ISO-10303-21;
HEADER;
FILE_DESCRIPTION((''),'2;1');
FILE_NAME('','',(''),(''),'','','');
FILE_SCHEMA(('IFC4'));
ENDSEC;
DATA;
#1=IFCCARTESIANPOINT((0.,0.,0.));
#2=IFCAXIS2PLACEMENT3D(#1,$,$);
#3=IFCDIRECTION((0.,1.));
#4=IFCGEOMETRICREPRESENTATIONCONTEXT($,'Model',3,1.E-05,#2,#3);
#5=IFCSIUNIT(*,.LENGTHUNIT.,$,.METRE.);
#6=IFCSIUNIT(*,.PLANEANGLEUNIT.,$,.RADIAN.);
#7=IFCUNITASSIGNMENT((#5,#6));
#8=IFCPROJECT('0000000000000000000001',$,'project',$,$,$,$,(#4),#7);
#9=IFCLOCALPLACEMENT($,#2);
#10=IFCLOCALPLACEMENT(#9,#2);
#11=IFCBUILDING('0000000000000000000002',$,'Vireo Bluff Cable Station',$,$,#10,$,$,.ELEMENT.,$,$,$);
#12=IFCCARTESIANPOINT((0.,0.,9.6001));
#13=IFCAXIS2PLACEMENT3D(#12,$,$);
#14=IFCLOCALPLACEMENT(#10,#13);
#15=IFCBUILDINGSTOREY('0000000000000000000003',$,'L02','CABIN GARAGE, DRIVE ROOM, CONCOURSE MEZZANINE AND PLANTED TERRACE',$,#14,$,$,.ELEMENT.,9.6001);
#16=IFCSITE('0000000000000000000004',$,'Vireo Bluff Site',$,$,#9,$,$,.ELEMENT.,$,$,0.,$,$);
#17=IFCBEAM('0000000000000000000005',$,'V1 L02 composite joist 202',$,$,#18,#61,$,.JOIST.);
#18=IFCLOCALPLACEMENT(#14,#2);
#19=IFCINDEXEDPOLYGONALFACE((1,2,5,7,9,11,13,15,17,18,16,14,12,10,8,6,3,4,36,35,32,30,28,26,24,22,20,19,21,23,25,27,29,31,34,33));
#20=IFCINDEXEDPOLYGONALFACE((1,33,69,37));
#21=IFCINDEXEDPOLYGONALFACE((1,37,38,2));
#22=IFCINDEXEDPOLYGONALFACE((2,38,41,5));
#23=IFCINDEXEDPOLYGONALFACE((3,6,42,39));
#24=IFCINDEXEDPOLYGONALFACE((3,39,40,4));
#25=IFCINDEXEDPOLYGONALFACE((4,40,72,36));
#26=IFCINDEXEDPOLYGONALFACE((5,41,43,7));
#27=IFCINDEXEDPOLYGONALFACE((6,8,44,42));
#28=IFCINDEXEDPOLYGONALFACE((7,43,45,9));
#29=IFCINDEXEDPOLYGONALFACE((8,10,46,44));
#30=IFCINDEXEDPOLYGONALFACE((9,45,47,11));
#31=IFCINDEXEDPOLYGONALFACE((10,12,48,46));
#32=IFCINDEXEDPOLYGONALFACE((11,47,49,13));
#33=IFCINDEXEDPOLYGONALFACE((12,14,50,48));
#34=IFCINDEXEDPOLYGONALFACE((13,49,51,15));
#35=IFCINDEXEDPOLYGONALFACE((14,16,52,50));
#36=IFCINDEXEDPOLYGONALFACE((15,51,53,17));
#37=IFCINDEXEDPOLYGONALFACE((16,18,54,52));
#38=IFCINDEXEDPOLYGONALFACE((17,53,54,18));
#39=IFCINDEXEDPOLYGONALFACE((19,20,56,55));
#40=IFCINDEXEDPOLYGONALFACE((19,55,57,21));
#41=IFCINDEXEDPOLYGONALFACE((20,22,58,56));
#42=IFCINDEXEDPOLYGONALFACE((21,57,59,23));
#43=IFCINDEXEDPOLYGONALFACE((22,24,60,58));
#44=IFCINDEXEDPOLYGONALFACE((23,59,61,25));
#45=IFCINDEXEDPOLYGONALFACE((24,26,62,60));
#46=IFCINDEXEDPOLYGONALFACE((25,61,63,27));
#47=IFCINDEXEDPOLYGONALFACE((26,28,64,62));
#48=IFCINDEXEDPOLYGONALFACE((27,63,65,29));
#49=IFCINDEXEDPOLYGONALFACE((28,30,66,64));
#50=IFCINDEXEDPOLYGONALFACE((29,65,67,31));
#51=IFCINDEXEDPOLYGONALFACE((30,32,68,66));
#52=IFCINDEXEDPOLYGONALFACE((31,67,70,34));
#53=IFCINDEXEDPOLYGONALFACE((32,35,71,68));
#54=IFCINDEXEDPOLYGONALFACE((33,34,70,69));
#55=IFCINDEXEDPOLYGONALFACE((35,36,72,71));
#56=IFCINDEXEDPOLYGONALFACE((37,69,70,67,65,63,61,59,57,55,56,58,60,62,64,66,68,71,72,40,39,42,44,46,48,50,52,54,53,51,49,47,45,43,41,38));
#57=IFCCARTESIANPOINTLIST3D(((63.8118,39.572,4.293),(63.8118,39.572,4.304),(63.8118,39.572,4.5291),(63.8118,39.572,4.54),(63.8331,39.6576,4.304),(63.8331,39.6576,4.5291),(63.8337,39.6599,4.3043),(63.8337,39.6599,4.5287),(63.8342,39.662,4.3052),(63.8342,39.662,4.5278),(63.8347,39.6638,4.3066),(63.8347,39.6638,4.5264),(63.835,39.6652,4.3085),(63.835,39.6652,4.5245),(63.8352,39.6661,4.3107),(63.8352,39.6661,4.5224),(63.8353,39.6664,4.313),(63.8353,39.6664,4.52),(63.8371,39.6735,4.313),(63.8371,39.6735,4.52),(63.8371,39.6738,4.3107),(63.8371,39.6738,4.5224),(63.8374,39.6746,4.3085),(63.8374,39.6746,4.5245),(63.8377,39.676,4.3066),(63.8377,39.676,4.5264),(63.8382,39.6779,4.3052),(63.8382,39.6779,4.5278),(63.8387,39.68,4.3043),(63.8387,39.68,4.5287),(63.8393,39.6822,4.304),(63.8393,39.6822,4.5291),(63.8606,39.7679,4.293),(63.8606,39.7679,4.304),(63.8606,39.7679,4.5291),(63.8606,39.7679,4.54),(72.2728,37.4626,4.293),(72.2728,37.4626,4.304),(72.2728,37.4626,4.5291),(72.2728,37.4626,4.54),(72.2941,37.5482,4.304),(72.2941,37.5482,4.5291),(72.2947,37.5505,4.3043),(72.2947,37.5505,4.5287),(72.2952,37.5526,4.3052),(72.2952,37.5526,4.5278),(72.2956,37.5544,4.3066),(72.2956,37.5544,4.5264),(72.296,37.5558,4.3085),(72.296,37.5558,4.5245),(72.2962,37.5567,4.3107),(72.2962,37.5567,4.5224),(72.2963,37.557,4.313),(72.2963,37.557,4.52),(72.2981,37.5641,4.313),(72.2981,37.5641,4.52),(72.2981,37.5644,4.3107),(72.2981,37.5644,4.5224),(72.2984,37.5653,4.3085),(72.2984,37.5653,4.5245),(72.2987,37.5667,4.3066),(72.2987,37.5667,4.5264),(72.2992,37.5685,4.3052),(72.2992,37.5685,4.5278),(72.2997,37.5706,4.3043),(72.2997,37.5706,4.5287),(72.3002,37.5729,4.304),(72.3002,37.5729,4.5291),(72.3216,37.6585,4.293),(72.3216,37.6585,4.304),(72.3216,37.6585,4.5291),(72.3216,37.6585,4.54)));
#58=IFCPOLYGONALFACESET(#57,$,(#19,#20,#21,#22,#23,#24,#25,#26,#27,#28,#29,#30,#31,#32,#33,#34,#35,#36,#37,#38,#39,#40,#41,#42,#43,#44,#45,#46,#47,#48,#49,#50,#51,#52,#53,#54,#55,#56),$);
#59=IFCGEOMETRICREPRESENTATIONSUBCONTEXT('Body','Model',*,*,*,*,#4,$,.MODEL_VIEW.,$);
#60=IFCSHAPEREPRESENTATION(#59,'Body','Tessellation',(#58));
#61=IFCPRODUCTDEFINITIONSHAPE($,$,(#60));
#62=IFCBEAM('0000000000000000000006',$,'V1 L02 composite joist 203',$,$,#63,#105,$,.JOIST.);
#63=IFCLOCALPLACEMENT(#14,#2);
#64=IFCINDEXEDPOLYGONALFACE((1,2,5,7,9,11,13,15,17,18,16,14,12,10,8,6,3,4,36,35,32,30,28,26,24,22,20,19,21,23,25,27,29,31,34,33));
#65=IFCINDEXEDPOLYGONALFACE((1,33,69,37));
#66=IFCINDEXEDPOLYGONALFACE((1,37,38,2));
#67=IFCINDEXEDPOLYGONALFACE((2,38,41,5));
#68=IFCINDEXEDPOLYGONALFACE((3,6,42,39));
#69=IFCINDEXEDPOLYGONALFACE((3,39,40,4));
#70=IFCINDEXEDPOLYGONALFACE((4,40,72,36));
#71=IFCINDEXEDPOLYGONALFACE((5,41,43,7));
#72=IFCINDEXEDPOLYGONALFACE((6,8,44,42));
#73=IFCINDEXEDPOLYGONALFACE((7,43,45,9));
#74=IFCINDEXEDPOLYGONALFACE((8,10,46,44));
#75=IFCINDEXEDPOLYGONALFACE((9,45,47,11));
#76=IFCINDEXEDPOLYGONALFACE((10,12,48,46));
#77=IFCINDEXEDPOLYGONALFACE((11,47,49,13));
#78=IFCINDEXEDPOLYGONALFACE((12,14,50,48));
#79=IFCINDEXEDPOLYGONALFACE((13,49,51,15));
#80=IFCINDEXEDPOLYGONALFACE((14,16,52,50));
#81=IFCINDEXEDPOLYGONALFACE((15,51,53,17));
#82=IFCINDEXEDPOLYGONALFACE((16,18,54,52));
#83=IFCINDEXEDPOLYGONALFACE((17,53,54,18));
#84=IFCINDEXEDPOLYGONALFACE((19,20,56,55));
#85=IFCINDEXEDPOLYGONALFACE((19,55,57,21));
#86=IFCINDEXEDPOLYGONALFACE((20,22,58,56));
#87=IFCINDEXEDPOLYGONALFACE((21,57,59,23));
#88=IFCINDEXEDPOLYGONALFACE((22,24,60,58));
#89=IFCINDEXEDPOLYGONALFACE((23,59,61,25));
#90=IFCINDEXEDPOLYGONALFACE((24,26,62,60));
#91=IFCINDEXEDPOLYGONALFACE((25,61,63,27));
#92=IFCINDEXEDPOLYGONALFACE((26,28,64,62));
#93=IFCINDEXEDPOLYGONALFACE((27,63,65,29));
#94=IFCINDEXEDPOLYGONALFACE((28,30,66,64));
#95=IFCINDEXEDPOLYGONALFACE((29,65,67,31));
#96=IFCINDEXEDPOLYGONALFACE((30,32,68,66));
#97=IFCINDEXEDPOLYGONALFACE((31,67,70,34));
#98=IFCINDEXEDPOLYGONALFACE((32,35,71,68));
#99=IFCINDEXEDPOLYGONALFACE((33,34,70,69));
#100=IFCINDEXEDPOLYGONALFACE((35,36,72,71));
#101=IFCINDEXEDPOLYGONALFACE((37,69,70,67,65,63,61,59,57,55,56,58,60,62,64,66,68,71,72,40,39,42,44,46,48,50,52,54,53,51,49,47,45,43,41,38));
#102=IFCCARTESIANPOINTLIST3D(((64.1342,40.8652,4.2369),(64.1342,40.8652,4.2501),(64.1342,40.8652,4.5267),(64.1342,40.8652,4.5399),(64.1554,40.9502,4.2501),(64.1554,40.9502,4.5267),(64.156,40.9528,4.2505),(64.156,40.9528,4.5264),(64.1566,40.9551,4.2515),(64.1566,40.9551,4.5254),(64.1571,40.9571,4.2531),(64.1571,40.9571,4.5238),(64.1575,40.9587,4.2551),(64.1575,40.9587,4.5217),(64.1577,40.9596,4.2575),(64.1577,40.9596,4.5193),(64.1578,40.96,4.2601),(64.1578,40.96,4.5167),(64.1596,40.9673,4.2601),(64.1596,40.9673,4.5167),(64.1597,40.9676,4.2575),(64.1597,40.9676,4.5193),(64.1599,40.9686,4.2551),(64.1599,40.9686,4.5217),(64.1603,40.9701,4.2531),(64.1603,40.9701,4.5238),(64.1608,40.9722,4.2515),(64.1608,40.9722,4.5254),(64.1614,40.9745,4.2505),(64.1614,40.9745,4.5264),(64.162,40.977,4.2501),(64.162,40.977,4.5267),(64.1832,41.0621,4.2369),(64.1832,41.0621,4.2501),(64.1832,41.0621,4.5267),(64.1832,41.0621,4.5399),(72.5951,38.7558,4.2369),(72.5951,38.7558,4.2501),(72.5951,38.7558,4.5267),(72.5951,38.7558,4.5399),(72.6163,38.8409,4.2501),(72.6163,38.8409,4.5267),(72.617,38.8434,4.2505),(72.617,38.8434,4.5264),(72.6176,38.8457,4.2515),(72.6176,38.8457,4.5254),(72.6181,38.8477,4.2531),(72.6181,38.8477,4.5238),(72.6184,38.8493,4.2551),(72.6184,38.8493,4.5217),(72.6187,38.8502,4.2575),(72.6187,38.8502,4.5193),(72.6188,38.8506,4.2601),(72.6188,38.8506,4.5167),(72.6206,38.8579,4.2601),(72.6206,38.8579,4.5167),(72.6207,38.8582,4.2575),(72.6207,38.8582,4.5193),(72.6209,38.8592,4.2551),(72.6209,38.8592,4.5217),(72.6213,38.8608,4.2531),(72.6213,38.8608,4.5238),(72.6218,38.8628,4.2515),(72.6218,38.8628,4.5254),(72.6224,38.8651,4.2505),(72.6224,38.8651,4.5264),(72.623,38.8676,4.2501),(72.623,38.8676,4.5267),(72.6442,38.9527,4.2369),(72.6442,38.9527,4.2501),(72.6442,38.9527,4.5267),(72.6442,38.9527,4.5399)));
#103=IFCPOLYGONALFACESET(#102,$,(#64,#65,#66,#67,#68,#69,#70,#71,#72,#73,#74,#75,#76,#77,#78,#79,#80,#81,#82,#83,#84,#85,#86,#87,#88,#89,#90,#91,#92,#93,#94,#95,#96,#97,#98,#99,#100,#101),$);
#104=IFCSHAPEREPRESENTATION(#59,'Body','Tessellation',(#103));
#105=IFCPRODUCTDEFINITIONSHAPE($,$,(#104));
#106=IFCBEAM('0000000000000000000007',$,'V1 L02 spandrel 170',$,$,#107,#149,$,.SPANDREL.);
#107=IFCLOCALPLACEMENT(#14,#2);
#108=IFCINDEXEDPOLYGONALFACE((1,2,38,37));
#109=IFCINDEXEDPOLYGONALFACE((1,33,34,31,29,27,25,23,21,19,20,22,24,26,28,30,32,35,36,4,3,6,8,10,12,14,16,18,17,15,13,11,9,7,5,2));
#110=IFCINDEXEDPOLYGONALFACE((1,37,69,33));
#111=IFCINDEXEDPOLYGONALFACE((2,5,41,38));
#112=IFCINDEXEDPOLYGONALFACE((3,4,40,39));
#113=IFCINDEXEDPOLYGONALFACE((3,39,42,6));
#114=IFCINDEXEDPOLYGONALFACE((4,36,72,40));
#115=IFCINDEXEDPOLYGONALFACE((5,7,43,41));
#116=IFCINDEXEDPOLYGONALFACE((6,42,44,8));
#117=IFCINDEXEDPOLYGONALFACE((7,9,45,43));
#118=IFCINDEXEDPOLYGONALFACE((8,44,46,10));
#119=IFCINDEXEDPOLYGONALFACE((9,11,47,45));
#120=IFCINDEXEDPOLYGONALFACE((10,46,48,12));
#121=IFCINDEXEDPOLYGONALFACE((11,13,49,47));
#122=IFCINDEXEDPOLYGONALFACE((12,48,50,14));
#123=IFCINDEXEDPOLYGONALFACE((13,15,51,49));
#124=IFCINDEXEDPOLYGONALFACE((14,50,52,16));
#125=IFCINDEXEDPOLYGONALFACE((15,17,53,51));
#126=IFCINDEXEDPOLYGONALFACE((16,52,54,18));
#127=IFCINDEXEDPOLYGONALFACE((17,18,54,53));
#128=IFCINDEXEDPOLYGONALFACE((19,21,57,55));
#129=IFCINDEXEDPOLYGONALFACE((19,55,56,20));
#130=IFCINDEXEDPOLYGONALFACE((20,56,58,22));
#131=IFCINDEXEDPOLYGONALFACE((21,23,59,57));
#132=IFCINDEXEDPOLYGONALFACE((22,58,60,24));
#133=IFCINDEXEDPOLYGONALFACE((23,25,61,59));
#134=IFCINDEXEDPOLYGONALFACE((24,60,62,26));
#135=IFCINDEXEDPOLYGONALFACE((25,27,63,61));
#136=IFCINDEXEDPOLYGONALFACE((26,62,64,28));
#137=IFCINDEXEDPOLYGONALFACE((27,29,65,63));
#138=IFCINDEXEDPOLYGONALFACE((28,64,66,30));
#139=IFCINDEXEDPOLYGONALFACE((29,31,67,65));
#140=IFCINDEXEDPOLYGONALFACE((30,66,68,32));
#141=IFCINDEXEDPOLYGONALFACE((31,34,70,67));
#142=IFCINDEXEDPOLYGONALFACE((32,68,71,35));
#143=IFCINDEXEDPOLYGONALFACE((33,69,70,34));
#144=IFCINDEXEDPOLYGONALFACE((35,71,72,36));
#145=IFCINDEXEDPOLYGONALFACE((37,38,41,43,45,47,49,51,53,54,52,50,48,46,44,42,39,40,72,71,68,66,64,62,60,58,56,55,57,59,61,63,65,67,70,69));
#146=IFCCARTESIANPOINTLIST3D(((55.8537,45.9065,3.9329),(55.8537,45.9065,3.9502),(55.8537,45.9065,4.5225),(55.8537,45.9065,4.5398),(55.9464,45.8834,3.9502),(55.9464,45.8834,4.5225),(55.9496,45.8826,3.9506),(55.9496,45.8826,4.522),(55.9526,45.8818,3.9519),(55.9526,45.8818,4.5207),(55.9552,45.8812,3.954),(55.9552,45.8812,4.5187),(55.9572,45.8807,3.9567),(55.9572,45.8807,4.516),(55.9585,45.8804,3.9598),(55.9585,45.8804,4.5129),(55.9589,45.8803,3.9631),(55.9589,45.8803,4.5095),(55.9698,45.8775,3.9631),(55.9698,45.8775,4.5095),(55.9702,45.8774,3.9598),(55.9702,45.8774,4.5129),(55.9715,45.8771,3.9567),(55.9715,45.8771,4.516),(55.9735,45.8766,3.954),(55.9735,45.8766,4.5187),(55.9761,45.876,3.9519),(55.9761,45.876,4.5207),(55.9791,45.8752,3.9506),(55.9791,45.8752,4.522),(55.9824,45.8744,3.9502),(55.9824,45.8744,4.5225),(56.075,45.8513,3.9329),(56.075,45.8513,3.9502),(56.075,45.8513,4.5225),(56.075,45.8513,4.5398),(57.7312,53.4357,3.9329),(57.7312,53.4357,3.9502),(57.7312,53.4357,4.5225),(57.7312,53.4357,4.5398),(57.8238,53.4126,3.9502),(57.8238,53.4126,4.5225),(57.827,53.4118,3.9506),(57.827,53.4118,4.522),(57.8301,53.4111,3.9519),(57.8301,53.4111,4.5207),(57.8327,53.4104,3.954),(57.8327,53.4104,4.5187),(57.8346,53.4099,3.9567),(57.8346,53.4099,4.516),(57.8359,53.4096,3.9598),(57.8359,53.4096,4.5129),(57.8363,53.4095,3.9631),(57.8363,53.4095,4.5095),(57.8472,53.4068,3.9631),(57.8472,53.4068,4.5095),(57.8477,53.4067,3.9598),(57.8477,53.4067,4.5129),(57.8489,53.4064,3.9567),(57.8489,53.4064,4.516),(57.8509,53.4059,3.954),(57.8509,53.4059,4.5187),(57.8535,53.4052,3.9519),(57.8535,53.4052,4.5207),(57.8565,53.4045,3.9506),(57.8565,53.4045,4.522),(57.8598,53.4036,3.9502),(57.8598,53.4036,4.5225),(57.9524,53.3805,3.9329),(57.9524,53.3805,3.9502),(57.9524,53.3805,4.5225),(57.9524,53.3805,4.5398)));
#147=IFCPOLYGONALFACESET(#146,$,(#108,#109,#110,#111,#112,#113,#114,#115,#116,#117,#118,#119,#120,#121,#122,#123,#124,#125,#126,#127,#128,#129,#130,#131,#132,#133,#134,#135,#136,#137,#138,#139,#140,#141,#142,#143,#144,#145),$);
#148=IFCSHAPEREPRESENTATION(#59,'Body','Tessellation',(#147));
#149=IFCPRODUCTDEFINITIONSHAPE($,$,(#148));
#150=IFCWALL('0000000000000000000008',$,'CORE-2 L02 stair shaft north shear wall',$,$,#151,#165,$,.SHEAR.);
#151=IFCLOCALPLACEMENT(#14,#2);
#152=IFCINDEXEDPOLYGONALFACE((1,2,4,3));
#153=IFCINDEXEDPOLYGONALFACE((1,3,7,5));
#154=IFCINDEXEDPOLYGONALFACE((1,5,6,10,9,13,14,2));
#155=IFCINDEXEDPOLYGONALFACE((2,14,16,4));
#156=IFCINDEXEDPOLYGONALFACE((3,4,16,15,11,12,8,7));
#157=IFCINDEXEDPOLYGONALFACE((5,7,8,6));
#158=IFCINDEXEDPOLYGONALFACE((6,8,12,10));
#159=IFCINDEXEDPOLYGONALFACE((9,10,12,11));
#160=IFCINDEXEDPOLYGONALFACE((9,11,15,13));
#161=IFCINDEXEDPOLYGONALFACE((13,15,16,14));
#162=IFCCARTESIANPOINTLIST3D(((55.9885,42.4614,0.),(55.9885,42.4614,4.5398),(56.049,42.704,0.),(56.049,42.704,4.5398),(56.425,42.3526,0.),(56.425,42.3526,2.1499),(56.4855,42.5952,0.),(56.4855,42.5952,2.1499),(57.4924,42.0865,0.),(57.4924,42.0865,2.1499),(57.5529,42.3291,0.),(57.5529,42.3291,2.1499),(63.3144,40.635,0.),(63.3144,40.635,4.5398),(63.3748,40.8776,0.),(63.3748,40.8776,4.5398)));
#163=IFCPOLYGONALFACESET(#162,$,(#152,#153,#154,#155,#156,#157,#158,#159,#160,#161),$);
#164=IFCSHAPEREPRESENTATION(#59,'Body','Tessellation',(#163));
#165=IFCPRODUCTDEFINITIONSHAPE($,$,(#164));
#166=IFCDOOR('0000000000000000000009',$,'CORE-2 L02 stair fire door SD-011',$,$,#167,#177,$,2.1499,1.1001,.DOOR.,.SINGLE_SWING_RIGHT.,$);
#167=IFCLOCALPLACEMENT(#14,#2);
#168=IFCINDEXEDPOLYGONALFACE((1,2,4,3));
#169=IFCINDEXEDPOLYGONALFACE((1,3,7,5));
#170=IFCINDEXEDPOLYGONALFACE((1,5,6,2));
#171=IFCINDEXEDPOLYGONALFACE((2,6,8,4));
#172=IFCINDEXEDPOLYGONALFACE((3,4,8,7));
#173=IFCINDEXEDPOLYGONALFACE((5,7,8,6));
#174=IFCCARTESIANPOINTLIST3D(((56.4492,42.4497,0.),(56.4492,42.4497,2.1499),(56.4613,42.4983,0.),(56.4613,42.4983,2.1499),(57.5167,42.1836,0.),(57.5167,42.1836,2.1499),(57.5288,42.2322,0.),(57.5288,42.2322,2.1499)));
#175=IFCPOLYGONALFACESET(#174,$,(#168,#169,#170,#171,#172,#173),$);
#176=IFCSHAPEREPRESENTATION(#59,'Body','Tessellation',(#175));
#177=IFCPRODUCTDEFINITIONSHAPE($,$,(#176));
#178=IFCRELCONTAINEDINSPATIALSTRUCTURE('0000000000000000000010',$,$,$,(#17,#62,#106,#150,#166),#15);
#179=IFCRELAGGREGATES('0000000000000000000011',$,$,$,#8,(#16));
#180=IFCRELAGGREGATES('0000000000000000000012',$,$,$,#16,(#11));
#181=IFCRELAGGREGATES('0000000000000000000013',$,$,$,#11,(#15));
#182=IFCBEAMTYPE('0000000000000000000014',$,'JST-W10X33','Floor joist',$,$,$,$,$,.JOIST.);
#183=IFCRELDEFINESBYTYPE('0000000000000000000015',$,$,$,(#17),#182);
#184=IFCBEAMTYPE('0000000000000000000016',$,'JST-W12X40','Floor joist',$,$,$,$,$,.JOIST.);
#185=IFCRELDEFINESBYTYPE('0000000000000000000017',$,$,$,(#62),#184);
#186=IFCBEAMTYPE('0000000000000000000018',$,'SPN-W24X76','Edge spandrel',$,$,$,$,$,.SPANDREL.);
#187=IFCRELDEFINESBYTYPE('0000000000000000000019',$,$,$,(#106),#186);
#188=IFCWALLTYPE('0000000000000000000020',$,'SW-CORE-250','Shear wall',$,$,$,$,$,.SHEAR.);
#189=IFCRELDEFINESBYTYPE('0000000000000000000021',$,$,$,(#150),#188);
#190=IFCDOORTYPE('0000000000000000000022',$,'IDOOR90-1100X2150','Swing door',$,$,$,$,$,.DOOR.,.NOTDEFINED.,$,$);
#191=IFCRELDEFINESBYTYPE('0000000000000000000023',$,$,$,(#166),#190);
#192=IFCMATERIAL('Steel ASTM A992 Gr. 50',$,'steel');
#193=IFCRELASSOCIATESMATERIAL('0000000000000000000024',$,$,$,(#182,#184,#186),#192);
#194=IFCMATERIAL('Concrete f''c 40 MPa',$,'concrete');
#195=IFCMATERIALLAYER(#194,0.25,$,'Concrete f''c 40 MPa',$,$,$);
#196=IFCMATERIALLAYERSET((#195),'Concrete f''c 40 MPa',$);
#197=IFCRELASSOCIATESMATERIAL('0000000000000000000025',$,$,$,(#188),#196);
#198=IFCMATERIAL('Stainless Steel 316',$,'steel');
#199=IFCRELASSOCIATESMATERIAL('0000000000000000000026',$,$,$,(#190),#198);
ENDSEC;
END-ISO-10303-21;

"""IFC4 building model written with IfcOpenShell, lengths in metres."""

from ifc_helpers import new_model, si_unit, direction, frame, frame_2d, origin, origin_with_axes, origin_2d, place, context, subcontext, project, spatial, rectangle, i_section, extrude, material, layer, layer_set, material_profile, profile_set, type_object, element, fill, save


model = new_model("IFC4")

# Units and contexts
model_context = context("Model", 3, precision=1e-05, world=origin(), true_north=direction((0.0, 1.0)))
body_context = subcontext(model_context, "Body", "Model", "MODEL_VIEW")
ifc_project = project(units=[si_unit("LENGTHUNIT", "METRE"), si_unit("PLANEANGLEUNIT", "RADIAN")], contexts=[model_context])

# Site, building, storey
site_placement = place(None, origin())
site = spatial("IfcSite", under=ifc_project, at=site_placement, Name="Vireo Bluff Site", CompositionType="ELEMENT", RefElevation=0.0)
building_placement = place(site_placement, origin())
building = spatial("IfcBuilding", under=site, at=building_placement, Name="Vireo Bluff Cable Station", CompositionType="ELEMENT")
storey_placement = place(building_placement, frame((0.0, 0.0, 9.6001)))
storey = spatial("IfcBuildingStorey", under=building, at=storey_placement, Name="L02", Description="CABIN GARAGE, DRIVE ROOM, CONCOURSE MEZZANINE AND PLANTED TERRACE", CompositionType="ELEMENT", Elevation=9.6001)

# Shared definitions
ifc_material_1 = material(Name="Steel ASTM A992 Gr. 50", Category="steel")

# Beams
ifc_material_profile_1 = material_profile(ifc_material_1, i_section(OverallWidth=0.2019, OverallDepth=0.2471, WebThickness=0.0073, FlangeThickness=0.011, FilletRadius=0.009, at=origin_2d()), Name="W10X33")
ifc_profile_set_1 = profile_set([ifc_material_profile_1], Name="Steel ASTM A992 Gr. 50")
beam_type_1 = type_object("IfcBeamType", Name="JST-W10X33", Description="Floor joist", PredefinedType="JOIST", material=ifc_profile_set_1)
beam_1_placement = place(storey_placement, frame((63.8362, 39.6699, 4.4165), z_axis=(0.9703, -0.241903, 0.0), x_axis=(0.241903, 0.9703, 0.0)))
element("IfcBeam", 1, at=beam_1_placement, inside=storey, type_object=beam_type_1, Name="V1 L02 composite joist 202", PredefinedType="JOIST", context=body_context, shape_type="SweptSolid", body=[
    extrude(i_section(OverallWidth=0.2019, OverallDepth=0.2471, WebThickness=0.0073, FlangeThickness=0.011, FilletRadius=0.009, at=origin_2d()), origin(), (0.0, 0.0, 1.0), 8.72),
])
ifc_material_profile_2 = material_profile(ifc_material_1, i_section(OverallWidth=0.2029, OverallDepth=0.303, WebThickness=0.0076, FlangeThickness=0.0132, FilletRadius=0.01, at=origin_2d()), Name="W12X40")
ifc_profile_set_2 = profile_set([ifc_material_profile_2], Name="Steel ASTM A992 Gr. 50")
beam_type_2 = type_object("IfcBeamType", Name="JST-W12X40", Description="Floor joist", PredefinedType="JOIST", material=ifc_profile_set_2)
beam_2_placement = place(storey_placement, frame((64.1587, 40.9636, 4.3884), z_axis=(0.9703, -0.241903, 0.0), x_axis=(0.241903, 0.9703, 0.0)))
element("IfcBeam", 2, at=beam_2_placement, inside=storey, type_object=beam_type_2, Name="V1 L02 composite joist 203", PredefinedType="JOIST", context=body_context, shape_type="SweptSolid", body=[
    extrude(i_section(OverallWidth=0.2029, OverallDepth=0.303, WebThickness=0.0076, FlangeThickness=0.0132, FilletRadius=0.01, at=origin_2d()), origin(), (0.0, 0.0, 1.0), 8.72),
])
ifc_material_profile_3 = material_profile(ifc_material_1, i_section(OverallWidth=0.228, OverallDepth=0.6069, WebThickness=0.0112, FlangeThickness=0.0173, FilletRadius=0.0129, at=origin_2d()), Name="W24X76")
ifc_profile_set_3 = profile_set([ifc_material_profile_3], Name="Steel ASTM A992 Gr. 50")
beam_type_3 = type_object("IfcBeamType", Name="SPN-W24X76", Description="Edge spandrel", PredefinedType="SPANDREL", material=ifc_profile_set_3)
beam_3_placement = place(storey_placement, frame((55.9644, 45.8789, 4.2363), z_axis=(0.241943, 0.97029, 0.0), x_axis=(-0.97029, 0.241943, 0.0)))
element("IfcBeam", 3, at=beam_3_placement, inside=storey, type_object=beam_type_3, Name="V1 L02 spandrel 170", PredefinedType="SPANDREL", context=body_context, shape_type="SweptSolid", body=[
    extrude(i_section(OverallWidth=0.228, OverallDepth=0.6069, WebThickness=0.0112, FlangeThickness=0.0173, FilletRadius=0.0129, at=origin_2d()), origin(), (0.0, 0.0, 1.0), 7.7598),
])

# Wall, opening, door
ifc_material_2 = material(Name="Concrete f'c 40 MPa", Category="concrete")
ifc_layer_1 = layer(ifc_material_2, 0.25, Name="Concrete f'c 40 MPa")
ifc_layer_set_1 = layer_set([ifc_layer_1], Name="Concrete f'c 40 MPa")
wall_type = type_object("IfcWallType", Name="SW-CORE-250", Description="Shear wall", PredefinedType="SHEAR", material=ifc_layer_set_1)
wall_1_placement = place(storey_placement, frame((63.3445, 40.7563, 0.0), z_axis=(0.0, 0.0, 1.0), x_axis=(-0.9703, 0.241904, 0.0)))
wall_1 = element("IfcWall", 4, at=wall_1_placement, inside=storey, type_object=wall_type, Name="CORE-2 L02 stair shaft north shear wall", PredefinedType="SHEAR", context=body_context, shape_type="SweptSolid", body=[
    extrude(rectangle(XDim=7.55, YDim=0.25, at=frame_2d((3.7749, 0.0))), origin(), (0.0, 0.0, 1.0), 4.5398),
])
opening_1_placement = place(wall_1_placement, frame((6.0, 0.0, 0.0)))
opening_1 = element("IfcOpeningElement", 5, at=opening_1_placement, cuts=wall_1, PredefinedType="OPENING", context=body_context, shape_type="SweptSolid", body=[
    extrude(rectangle(XDim=1.1001, YDim=2.1499, at=frame_2d((0.55, 1.075))), frame((0.0, 0.135, 0.0), z_axis=(0.0, -1.0, 0.0), x_axis=(1.0, 0.0, 0.0)), (0.0, 0.0, 1.0), 0.27),
])
ifc_material_3 = material(Name="Stainless Steel 316", Category="steel")
door_type_1 = type_object("IfcDoorType", Name="IDOOR90-1100X2150", Description="Swing door", OperationType="NOTDEFINED", PredefinedType="DOOR", material=ifc_material_3)
door_1_placement = place(opening_1_placement, origin_with_axes())
door_1 = element("IfcDoor", 6, at=door_1_placement, inside=storey, type_object=door_type_1, Name="CORE-2 L02 stair fire door SD-011", OperationType="SINGLE_SWING_RIGHT", OverallHeight=2.1499, OverallWidth=1.1001, PredefinedType="DOOR", context=body_context, shape_type="SweptSolid", body=[
    extrude(rectangle(XDim=1.1001, YDim=2.1499, at=frame_2d((0.55, 1.075))), frame((0.0, 0.0249, 0.0), z_axis=(0.0, -1.0, 0.0), x_axis=(1.0, 0.0, 0.0)), (0.0, 0.0, 1.0), 0.05),
])
fill(opening_1, door_1)

save(model, "model.ifc")
